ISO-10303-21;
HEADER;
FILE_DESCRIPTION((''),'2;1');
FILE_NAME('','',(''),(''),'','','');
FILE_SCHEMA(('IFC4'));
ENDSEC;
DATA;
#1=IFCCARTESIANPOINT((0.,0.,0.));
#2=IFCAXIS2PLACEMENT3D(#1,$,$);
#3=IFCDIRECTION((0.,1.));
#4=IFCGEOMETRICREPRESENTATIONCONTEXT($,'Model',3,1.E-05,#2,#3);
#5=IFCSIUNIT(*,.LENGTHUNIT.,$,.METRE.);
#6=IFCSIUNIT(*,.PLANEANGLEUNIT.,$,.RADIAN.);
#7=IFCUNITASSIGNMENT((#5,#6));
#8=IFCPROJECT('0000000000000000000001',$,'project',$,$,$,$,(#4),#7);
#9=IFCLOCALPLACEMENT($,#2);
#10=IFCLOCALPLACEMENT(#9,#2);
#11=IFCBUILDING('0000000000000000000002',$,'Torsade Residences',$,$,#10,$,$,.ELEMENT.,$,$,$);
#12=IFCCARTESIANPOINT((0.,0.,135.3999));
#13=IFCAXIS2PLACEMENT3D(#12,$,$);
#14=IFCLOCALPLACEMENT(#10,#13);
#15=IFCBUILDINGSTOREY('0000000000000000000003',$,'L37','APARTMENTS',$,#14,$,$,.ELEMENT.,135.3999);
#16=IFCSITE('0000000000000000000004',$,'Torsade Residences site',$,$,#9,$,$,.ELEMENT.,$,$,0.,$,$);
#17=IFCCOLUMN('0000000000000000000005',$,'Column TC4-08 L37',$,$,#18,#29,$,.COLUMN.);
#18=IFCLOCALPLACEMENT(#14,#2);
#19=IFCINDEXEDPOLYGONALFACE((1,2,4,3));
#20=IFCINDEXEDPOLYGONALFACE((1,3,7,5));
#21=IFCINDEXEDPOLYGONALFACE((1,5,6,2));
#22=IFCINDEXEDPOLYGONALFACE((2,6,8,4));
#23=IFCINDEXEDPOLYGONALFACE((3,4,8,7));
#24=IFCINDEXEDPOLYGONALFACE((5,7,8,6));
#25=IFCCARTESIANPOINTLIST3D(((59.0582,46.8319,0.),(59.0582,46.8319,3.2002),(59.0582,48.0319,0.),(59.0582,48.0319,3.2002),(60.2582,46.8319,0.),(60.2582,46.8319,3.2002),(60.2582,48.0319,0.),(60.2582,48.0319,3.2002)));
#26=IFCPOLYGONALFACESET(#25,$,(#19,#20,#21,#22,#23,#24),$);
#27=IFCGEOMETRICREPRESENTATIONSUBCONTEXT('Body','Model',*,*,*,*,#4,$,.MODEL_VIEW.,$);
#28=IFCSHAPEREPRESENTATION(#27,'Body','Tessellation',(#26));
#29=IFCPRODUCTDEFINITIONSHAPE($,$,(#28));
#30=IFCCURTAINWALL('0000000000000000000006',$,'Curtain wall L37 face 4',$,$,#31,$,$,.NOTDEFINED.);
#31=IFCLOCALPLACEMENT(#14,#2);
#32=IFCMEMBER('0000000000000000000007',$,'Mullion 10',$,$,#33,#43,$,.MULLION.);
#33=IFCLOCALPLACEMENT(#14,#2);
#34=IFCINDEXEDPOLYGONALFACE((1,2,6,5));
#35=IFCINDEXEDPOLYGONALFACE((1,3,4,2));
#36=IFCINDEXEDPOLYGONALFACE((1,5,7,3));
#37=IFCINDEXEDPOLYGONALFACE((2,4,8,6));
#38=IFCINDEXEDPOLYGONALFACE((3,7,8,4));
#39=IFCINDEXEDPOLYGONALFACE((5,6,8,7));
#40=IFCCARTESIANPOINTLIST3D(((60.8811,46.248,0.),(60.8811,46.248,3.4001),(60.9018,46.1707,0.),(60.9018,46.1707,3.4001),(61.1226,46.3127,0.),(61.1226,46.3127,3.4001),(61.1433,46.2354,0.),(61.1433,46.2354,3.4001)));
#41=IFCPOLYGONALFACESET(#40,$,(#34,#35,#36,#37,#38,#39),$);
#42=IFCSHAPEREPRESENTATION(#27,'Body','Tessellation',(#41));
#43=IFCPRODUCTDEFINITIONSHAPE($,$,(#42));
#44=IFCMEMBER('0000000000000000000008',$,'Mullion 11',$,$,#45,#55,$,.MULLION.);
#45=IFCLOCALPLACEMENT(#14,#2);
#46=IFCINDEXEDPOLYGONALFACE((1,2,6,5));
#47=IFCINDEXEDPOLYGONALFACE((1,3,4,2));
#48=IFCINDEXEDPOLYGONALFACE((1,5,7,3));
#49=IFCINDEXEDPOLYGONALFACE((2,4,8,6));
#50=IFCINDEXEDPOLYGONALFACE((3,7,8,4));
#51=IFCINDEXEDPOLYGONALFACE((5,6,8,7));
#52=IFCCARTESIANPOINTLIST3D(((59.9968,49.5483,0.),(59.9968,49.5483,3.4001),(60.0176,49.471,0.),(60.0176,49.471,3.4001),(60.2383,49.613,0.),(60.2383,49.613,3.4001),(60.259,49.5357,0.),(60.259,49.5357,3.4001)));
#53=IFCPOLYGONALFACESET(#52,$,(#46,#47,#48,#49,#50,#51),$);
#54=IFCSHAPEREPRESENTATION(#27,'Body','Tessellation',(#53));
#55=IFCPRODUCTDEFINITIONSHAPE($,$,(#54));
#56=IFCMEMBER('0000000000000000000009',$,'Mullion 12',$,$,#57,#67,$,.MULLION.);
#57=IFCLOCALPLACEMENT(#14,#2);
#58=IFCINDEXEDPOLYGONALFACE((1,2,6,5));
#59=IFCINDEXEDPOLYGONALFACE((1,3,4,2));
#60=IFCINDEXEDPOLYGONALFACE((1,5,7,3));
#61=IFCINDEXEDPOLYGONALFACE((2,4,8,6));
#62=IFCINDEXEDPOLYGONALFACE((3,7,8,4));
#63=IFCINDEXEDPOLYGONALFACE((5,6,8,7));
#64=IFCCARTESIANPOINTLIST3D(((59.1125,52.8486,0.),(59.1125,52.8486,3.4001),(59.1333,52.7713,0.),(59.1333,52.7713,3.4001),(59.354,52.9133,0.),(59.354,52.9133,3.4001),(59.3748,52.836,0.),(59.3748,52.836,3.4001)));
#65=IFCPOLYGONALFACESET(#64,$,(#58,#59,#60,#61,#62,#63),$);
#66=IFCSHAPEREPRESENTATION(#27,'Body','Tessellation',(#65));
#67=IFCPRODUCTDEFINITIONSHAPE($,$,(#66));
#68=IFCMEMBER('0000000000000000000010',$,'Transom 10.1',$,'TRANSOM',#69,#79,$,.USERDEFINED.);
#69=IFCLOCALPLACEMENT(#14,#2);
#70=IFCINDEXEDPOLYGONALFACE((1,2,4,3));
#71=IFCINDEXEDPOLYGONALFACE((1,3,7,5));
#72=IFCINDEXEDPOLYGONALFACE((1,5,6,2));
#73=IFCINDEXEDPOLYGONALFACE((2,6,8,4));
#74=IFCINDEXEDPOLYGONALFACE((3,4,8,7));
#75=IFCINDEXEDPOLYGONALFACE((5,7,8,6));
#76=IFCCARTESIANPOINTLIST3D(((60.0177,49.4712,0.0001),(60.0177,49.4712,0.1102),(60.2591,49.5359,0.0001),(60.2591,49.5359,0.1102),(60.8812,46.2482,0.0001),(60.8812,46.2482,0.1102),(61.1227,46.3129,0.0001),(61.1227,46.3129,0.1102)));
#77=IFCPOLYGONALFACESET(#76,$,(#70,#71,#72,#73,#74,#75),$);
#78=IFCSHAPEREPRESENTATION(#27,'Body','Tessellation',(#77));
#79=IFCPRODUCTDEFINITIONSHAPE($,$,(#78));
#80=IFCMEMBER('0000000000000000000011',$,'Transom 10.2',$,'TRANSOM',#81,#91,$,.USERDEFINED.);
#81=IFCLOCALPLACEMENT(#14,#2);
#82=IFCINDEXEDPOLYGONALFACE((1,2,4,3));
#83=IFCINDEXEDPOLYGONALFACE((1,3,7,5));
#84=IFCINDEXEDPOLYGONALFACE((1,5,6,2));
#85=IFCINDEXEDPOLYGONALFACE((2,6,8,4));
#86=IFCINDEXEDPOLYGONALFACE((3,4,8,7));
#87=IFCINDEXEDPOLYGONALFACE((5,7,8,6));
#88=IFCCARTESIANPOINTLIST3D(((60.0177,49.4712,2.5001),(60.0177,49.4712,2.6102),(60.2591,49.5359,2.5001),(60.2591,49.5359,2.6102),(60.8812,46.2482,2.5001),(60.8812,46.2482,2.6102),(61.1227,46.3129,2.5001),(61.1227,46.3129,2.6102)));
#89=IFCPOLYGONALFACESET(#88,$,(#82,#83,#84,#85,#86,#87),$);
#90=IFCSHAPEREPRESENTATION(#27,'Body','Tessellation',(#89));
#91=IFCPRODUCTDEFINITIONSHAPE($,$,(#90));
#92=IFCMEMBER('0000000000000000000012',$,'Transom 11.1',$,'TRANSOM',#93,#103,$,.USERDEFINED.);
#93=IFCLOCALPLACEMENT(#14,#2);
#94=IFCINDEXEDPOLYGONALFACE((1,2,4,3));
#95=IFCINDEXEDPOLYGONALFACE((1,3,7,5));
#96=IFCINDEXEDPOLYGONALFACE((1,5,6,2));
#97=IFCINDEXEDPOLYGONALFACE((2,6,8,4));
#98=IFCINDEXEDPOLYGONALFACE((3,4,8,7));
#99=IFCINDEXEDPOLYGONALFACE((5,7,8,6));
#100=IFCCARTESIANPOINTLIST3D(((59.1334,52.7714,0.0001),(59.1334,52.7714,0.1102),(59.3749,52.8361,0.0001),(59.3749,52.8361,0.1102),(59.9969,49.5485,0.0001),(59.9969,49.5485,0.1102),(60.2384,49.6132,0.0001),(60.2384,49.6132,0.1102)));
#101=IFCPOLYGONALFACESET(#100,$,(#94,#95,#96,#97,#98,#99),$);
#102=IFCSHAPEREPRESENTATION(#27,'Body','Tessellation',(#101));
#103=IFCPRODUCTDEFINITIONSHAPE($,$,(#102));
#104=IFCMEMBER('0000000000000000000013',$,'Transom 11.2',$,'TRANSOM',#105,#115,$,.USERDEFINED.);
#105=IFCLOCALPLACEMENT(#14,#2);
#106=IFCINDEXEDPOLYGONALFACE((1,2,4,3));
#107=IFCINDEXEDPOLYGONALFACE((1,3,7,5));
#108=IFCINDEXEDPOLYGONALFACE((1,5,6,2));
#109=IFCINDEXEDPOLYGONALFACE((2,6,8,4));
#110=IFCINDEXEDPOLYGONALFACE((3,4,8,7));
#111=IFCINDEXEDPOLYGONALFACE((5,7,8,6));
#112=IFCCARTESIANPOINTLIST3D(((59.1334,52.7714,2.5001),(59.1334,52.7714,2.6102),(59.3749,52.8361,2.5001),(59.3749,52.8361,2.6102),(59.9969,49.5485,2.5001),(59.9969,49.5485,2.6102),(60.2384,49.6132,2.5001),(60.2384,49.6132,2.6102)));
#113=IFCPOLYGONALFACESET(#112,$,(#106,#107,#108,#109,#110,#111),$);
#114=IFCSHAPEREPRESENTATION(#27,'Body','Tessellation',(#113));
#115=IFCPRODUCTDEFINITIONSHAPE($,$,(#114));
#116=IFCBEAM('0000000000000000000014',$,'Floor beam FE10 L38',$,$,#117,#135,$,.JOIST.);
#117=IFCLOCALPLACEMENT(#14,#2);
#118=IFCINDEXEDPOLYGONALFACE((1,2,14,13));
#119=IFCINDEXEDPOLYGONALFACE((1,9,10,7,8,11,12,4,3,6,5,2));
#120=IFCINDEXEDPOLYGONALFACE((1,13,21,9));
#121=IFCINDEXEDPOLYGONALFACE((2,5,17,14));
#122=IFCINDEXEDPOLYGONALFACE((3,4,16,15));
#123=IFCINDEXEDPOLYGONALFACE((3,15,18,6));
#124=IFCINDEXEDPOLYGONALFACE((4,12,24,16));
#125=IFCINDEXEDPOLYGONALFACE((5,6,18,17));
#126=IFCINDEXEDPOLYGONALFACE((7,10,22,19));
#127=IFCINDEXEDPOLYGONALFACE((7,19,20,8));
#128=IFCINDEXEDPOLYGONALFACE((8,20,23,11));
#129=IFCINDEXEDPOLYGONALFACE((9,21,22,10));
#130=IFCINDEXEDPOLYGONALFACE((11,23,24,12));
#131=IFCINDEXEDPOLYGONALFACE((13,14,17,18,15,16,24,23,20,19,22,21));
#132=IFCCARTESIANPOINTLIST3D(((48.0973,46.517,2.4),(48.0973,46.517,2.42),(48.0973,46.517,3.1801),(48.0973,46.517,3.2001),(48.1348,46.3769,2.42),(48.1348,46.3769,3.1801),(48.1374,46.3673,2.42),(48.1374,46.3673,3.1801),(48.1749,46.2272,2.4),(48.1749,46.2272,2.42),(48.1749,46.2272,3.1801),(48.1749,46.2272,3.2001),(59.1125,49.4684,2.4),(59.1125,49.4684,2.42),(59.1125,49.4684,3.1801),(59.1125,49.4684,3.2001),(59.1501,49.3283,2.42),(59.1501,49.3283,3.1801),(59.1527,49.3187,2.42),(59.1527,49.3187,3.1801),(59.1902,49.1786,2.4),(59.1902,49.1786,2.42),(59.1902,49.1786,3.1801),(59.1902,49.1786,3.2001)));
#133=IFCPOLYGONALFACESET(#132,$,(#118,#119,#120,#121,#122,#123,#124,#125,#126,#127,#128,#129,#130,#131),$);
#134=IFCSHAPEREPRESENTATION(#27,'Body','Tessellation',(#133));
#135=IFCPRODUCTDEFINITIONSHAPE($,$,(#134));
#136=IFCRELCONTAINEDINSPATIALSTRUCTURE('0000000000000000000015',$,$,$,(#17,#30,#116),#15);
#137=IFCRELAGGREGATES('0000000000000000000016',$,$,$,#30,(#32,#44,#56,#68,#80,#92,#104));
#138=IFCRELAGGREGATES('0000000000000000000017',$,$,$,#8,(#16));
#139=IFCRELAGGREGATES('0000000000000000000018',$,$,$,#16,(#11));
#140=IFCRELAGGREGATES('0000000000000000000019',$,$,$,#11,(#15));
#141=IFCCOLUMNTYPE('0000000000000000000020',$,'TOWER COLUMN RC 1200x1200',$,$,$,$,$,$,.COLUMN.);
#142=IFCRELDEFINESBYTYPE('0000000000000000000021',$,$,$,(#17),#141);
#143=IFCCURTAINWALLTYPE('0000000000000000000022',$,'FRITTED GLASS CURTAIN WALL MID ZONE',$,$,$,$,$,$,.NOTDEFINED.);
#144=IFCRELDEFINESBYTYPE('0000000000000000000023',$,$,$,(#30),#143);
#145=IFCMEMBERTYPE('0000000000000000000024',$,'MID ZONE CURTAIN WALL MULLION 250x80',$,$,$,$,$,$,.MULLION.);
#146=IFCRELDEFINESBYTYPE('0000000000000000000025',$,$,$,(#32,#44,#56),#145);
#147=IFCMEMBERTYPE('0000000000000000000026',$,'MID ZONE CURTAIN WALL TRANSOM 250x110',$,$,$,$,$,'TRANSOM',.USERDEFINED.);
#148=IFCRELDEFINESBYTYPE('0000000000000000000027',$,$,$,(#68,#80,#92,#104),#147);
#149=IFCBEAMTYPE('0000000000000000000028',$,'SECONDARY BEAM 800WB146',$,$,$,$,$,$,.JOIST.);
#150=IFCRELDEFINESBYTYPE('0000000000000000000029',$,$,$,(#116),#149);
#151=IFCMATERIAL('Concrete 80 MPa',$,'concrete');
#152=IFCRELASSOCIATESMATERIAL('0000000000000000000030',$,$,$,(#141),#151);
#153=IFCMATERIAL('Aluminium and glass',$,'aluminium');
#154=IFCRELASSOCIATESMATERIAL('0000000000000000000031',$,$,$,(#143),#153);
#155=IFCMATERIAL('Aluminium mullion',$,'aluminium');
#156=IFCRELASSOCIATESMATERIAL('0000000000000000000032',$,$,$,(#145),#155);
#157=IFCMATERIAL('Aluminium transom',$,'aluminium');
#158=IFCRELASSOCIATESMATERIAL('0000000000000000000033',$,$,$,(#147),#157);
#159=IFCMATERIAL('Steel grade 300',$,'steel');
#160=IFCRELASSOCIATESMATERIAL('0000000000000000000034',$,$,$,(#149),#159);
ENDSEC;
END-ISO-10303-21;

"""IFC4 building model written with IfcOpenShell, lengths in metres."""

from ifc_helpers import new_model, si_unit, direction, frame, origin, origin_2d, place, context, subcontext, project, spatial, rectangle, i_section, extrude, material, material_profile, profile_set, type_object, element, aggregate, save


model = new_model("IFC4")

# Units and contexts
model_context = context("Model", 3, precision=1e-05, world=origin(), true_north=direction((0.0, 1.0)))
body_context = subcontext(model_context, "Body", "Model", "MODEL_VIEW")
ifc_project = project(units=[si_unit("LENGTHUNIT", "METRE"), si_unit("PLANEANGLEUNIT", "RADIAN")], contexts=[model_context])

# Site, building, storey
site_placement = place(None, origin())
site = spatial("IfcSite", under=ifc_project, at=site_placement, Name="Torsade Residences site", CompositionType="ELEMENT", RefElevation=0.0)
building_placement = place(site_placement, origin())
building = spatial("IfcBuilding", under=site, at=building_placement, Name="Torsade Residences", CompositionType="ELEMENT")
storey_placement = place(building_placement, frame((0.0, 0.0, 135.3999)))
storey = spatial("IfcBuildingStorey", under=building, at=storey_placement, Name="L37", Description="APARTMENTS", CompositionType="ELEMENT", Elevation=135.3999)

# Column
ifc_material_1 = material(Name="Concrete 80 MPa", Category="concrete")
ifc_material_profile_1 = material_profile(ifc_material_1, rectangle(XDim=1.2, YDim=1.2, at=origin_2d()), Name="RC 1200x1200")
ifc_profile_set_1 = profile_set([ifc_material_profile_1], Name="Concrete 80 MPa")
column_type = type_object("IfcColumnType", Name="TOWER COLUMN RC 1200x1200", PredefinedType="COLUMN", material=ifc_profile_set_1)
column_placement = place(storey_placement, frame((59.6582, 47.4319, 0.0), z_axis=(0.0, 0.0, 1.0), x_axis=(1.0, 0.0, 0.0)))
element("IfcColumn", 1, at=column_placement, inside=storey, type_object=column_type, Name="Column TC4-08 L37", PredefinedType="COLUMN", context=body_context, shape_type="SweptSolid", body=[
    extrude(rectangle(XDim=1.2, YDim=1.2, at=origin_2d()), origin(), (0.0, 0.0, 1.0), 3.2002),
])

# Curtain wall, members
ifc_material_2 = material(Name="Aluminium and glass", Category="aluminium")
curtain_wall_type = type_object("IfcCurtainWallType", Name="FRITTED GLASS CURTAIN WALL MID ZONE", PredefinedType="NOTDEFINED", material=ifc_material_2)
curtain_wall_placement = place(storey_placement, origin())
curtain_wall = element("IfcCurtainWall", 2, at=curtain_wall_placement, inside=storey, type_object=curtain_wall_type, Name="Curtain wall L37 face 4", PredefinedType="NOTDEFINED")
ifc_material_3 = material(Name="Aluminium mullion", Category="aluminium")
ifc_material_profile_2 = material_profile(ifc_material_3, rectangle(XDim=0.25, YDim=0.0801, at=origin_2d()), Name="MID ZONE CURTAIN WALL MULLION 250x80")
ifc_profile_set_2 = profile_set([ifc_material_profile_2], Name="Aluminium mullion")
member_type_1 = type_object("IfcMemberType", Name="MID ZONE CURTAIN WALL MULLION 250x80", PredefinedType="MULLION", material=ifc_profile_set_2)
member_1_placement = place(storey_placement, frame((61.0122, 46.2417, 0.0), z_axis=(0.0, 0.0, 1.0), x_axis=(-0.965926, -0.258819, 0.0)))
member_1 = element("IfcMember", 3, at=member_1_placement, type_object=member_type_1, Name="Mullion 10", PredefinedType="MULLION", context=body_context, shape_type="SweptSolid", body=[
    extrude(rectangle(XDim=0.25, YDim=0.0801, at=origin_2d()), origin(), (0.0, 0.0, 1.0), 3.4001),
])
member_2_placement = place(storey_placement, frame((60.1279, 49.542, 0.0), z_axis=(0.0, 0.0, 1.0), x_axis=(-0.965926, -0.258819, 0.0)))
member_2 = element("IfcMember", 4, at=member_2_placement, type_object=member_type_1, Name="Mullion 11", PredefinedType="MULLION", context=body_context, shape_type="SweptSolid", body=[
    extrude(rectangle(XDim=0.25, YDim=0.0801, at=origin_2d()), origin(), (0.0, 0.0, 1.0), 3.4001),
])
member_3_placement = place(storey_placement, frame((59.2437, 52.8423, 0.0), z_axis=(0.0, 0.0, 1.0), x_axis=(-0.965926, -0.258819, 0.0)))
member_3 = element("IfcMember", 5, at=member_3_placement, type_object=member_type_1, Name="Mullion 12", PredefinedType="MULLION", context=body_context, shape_type="SweptSolid", body=[
    extrude(rectangle(XDim=0.25, YDim=0.0801, at=origin_2d()), origin(), (0.0, 0.0, 1.0), 3.4001),
])
ifc_material_4 = material(Name="Aluminium transom", Category="aluminium")
ifc_material_profile_3 = material_profile(ifc_material_4, rectangle(XDim=0.25, YDim=0.1101, at=origin_2d()), Name="MID ZONE CURTAIN WALL TRANSOM 250x110")
ifc_profile_set_3 = profile_set([ifc_material_profile_3], Name="Aluminium transom")
member_type_2 = type_object("IfcMemberType", Name="MID ZONE CURTAIN WALL TRANSOM 250x110", ElementType="TRANSOM", PredefinedType="USERDEFINED", material=ifc_profile_set_3)
member_4_placement = place(storey_placement, frame((61.002, 46.2805, 0.0552), z_axis=(-0.258806, 0.965929, 0.0), x_axis=(-0.965929, -0.258806, 0.0)))
member_4 = element("IfcMember", 6, at=member_4_placement, type_object=member_type_2, Name="Transom 10.1", ObjectType="TRANSOM", PredefinedType="USERDEFINED", context=body_context, shape_type="SweptSolid", body=[
    extrude(rectangle(XDim=0.25, YDim=0.1101, at=origin_2d()), origin(), (0.0, 0.0, 1.0), 3.3367),
])
member_5_placement = place(storey_placement, frame((61.002, 46.2805, 2.5552), z_axis=(-0.258806, 0.965929, 0.0), x_axis=(-0.965929, -0.258806, 0.0)))
member_5 = element("IfcMember", 7, at=member_5_placement, type_object=member_type_2, Name="Transom 10.2", ObjectType="TRANSOM", PredefinedType="USERDEFINED", context=body_context, shape_type="SweptSolid", body=[
    extrude(rectangle(XDim=0.25, YDim=0.1101, at=origin_2d()), origin(), (0.0, 0.0, 1.0), 3.3367),
])
member_6_placement = place(storey_placement, frame((60.1177, 49.5808, 0.0552), z_axis=(-0.258806, 0.965929, 0.0), x_axis=(-0.965929, -0.258806, 0.0)))
member_6 = element("IfcMember", 8, at=member_6_placement, type_object=member_type_2, Name="Transom 11.1", ObjectType="TRANSOM", PredefinedType="USERDEFINED", context=body_context, shape_type="SweptSolid", body=[
    extrude(rectangle(XDim=0.25, YDim=0.1101, at=origin_2d()), origin(), (0.0, 0.0, 1.0), 3.3367),
])
member_7_placement = place(storey_placement, frame((60.1177, 49.5808, 2.5552), z_axis=(-0.258806, 0.965929, 0.0), x_axis=(-0.965929, -0.258806, 0.0)))
member_7 = element("IfcMember", 9, at=member_7_placement, type_object=member_type_2, Name="Transom 11.2", ObjectType="TRANSOM", PredefinedType="USERDEFINED", context=body_context, shape_type="SweptSolid", body=[
    extrude(rectangle(XDim=0.25, YDim=0.1101, at=origin_2d()), origin(), (0.0, 0.0, 1.0), 3.3367),
])

# Beam
ifc_material_5 = material(Name="Steel grade 300", Category="steel")
ifc_material_profile_4 = material_profile(ifc_material_5, i_section(OverallWidth=0.3, OverallDepth=0.8, WebThickness=0.01, FlangeThickness=0.02, at=origin_2d()), Name="800WB146")
ifc_profile_set_4 = profile_set([ifc_material_profile_4], Name="Steel grade 300")
beam_type_1 = type_object("IfcBeamType", Name="SECONDARY BEAM 800WB146", PredefinedType="JOIST", material=ifc_profile_set_4)
beam_1_placement = place(storey_placement, frame((59.1514, 49.3235, 2.8), z_axis=(-0.965929, -0.258807, 0.0), x_axis=(0.258807, -0.965929, 0.0)))
element("IfcBeam", 10, at=beam_1_placement, inside=storey, type_object=beam_type_1, Name="Floor beam FE10 L38", PredefinedType="JOIST", context=body_context, shape_type="SweptSolid", body=[
    extrude(i_section(OverallWidth=0.3, OverallDepth=0.8, WebThickness=0.01, FlangeThickness=0.02, at=origin_2d()), origin(), (0.0, 0.0, 1.0), 11.4038),
])

aggregate(curtain_wall, [member_1, member_2, member_3, member_4, member_5, member_6, member_7])

save(model, "model.ifc")
